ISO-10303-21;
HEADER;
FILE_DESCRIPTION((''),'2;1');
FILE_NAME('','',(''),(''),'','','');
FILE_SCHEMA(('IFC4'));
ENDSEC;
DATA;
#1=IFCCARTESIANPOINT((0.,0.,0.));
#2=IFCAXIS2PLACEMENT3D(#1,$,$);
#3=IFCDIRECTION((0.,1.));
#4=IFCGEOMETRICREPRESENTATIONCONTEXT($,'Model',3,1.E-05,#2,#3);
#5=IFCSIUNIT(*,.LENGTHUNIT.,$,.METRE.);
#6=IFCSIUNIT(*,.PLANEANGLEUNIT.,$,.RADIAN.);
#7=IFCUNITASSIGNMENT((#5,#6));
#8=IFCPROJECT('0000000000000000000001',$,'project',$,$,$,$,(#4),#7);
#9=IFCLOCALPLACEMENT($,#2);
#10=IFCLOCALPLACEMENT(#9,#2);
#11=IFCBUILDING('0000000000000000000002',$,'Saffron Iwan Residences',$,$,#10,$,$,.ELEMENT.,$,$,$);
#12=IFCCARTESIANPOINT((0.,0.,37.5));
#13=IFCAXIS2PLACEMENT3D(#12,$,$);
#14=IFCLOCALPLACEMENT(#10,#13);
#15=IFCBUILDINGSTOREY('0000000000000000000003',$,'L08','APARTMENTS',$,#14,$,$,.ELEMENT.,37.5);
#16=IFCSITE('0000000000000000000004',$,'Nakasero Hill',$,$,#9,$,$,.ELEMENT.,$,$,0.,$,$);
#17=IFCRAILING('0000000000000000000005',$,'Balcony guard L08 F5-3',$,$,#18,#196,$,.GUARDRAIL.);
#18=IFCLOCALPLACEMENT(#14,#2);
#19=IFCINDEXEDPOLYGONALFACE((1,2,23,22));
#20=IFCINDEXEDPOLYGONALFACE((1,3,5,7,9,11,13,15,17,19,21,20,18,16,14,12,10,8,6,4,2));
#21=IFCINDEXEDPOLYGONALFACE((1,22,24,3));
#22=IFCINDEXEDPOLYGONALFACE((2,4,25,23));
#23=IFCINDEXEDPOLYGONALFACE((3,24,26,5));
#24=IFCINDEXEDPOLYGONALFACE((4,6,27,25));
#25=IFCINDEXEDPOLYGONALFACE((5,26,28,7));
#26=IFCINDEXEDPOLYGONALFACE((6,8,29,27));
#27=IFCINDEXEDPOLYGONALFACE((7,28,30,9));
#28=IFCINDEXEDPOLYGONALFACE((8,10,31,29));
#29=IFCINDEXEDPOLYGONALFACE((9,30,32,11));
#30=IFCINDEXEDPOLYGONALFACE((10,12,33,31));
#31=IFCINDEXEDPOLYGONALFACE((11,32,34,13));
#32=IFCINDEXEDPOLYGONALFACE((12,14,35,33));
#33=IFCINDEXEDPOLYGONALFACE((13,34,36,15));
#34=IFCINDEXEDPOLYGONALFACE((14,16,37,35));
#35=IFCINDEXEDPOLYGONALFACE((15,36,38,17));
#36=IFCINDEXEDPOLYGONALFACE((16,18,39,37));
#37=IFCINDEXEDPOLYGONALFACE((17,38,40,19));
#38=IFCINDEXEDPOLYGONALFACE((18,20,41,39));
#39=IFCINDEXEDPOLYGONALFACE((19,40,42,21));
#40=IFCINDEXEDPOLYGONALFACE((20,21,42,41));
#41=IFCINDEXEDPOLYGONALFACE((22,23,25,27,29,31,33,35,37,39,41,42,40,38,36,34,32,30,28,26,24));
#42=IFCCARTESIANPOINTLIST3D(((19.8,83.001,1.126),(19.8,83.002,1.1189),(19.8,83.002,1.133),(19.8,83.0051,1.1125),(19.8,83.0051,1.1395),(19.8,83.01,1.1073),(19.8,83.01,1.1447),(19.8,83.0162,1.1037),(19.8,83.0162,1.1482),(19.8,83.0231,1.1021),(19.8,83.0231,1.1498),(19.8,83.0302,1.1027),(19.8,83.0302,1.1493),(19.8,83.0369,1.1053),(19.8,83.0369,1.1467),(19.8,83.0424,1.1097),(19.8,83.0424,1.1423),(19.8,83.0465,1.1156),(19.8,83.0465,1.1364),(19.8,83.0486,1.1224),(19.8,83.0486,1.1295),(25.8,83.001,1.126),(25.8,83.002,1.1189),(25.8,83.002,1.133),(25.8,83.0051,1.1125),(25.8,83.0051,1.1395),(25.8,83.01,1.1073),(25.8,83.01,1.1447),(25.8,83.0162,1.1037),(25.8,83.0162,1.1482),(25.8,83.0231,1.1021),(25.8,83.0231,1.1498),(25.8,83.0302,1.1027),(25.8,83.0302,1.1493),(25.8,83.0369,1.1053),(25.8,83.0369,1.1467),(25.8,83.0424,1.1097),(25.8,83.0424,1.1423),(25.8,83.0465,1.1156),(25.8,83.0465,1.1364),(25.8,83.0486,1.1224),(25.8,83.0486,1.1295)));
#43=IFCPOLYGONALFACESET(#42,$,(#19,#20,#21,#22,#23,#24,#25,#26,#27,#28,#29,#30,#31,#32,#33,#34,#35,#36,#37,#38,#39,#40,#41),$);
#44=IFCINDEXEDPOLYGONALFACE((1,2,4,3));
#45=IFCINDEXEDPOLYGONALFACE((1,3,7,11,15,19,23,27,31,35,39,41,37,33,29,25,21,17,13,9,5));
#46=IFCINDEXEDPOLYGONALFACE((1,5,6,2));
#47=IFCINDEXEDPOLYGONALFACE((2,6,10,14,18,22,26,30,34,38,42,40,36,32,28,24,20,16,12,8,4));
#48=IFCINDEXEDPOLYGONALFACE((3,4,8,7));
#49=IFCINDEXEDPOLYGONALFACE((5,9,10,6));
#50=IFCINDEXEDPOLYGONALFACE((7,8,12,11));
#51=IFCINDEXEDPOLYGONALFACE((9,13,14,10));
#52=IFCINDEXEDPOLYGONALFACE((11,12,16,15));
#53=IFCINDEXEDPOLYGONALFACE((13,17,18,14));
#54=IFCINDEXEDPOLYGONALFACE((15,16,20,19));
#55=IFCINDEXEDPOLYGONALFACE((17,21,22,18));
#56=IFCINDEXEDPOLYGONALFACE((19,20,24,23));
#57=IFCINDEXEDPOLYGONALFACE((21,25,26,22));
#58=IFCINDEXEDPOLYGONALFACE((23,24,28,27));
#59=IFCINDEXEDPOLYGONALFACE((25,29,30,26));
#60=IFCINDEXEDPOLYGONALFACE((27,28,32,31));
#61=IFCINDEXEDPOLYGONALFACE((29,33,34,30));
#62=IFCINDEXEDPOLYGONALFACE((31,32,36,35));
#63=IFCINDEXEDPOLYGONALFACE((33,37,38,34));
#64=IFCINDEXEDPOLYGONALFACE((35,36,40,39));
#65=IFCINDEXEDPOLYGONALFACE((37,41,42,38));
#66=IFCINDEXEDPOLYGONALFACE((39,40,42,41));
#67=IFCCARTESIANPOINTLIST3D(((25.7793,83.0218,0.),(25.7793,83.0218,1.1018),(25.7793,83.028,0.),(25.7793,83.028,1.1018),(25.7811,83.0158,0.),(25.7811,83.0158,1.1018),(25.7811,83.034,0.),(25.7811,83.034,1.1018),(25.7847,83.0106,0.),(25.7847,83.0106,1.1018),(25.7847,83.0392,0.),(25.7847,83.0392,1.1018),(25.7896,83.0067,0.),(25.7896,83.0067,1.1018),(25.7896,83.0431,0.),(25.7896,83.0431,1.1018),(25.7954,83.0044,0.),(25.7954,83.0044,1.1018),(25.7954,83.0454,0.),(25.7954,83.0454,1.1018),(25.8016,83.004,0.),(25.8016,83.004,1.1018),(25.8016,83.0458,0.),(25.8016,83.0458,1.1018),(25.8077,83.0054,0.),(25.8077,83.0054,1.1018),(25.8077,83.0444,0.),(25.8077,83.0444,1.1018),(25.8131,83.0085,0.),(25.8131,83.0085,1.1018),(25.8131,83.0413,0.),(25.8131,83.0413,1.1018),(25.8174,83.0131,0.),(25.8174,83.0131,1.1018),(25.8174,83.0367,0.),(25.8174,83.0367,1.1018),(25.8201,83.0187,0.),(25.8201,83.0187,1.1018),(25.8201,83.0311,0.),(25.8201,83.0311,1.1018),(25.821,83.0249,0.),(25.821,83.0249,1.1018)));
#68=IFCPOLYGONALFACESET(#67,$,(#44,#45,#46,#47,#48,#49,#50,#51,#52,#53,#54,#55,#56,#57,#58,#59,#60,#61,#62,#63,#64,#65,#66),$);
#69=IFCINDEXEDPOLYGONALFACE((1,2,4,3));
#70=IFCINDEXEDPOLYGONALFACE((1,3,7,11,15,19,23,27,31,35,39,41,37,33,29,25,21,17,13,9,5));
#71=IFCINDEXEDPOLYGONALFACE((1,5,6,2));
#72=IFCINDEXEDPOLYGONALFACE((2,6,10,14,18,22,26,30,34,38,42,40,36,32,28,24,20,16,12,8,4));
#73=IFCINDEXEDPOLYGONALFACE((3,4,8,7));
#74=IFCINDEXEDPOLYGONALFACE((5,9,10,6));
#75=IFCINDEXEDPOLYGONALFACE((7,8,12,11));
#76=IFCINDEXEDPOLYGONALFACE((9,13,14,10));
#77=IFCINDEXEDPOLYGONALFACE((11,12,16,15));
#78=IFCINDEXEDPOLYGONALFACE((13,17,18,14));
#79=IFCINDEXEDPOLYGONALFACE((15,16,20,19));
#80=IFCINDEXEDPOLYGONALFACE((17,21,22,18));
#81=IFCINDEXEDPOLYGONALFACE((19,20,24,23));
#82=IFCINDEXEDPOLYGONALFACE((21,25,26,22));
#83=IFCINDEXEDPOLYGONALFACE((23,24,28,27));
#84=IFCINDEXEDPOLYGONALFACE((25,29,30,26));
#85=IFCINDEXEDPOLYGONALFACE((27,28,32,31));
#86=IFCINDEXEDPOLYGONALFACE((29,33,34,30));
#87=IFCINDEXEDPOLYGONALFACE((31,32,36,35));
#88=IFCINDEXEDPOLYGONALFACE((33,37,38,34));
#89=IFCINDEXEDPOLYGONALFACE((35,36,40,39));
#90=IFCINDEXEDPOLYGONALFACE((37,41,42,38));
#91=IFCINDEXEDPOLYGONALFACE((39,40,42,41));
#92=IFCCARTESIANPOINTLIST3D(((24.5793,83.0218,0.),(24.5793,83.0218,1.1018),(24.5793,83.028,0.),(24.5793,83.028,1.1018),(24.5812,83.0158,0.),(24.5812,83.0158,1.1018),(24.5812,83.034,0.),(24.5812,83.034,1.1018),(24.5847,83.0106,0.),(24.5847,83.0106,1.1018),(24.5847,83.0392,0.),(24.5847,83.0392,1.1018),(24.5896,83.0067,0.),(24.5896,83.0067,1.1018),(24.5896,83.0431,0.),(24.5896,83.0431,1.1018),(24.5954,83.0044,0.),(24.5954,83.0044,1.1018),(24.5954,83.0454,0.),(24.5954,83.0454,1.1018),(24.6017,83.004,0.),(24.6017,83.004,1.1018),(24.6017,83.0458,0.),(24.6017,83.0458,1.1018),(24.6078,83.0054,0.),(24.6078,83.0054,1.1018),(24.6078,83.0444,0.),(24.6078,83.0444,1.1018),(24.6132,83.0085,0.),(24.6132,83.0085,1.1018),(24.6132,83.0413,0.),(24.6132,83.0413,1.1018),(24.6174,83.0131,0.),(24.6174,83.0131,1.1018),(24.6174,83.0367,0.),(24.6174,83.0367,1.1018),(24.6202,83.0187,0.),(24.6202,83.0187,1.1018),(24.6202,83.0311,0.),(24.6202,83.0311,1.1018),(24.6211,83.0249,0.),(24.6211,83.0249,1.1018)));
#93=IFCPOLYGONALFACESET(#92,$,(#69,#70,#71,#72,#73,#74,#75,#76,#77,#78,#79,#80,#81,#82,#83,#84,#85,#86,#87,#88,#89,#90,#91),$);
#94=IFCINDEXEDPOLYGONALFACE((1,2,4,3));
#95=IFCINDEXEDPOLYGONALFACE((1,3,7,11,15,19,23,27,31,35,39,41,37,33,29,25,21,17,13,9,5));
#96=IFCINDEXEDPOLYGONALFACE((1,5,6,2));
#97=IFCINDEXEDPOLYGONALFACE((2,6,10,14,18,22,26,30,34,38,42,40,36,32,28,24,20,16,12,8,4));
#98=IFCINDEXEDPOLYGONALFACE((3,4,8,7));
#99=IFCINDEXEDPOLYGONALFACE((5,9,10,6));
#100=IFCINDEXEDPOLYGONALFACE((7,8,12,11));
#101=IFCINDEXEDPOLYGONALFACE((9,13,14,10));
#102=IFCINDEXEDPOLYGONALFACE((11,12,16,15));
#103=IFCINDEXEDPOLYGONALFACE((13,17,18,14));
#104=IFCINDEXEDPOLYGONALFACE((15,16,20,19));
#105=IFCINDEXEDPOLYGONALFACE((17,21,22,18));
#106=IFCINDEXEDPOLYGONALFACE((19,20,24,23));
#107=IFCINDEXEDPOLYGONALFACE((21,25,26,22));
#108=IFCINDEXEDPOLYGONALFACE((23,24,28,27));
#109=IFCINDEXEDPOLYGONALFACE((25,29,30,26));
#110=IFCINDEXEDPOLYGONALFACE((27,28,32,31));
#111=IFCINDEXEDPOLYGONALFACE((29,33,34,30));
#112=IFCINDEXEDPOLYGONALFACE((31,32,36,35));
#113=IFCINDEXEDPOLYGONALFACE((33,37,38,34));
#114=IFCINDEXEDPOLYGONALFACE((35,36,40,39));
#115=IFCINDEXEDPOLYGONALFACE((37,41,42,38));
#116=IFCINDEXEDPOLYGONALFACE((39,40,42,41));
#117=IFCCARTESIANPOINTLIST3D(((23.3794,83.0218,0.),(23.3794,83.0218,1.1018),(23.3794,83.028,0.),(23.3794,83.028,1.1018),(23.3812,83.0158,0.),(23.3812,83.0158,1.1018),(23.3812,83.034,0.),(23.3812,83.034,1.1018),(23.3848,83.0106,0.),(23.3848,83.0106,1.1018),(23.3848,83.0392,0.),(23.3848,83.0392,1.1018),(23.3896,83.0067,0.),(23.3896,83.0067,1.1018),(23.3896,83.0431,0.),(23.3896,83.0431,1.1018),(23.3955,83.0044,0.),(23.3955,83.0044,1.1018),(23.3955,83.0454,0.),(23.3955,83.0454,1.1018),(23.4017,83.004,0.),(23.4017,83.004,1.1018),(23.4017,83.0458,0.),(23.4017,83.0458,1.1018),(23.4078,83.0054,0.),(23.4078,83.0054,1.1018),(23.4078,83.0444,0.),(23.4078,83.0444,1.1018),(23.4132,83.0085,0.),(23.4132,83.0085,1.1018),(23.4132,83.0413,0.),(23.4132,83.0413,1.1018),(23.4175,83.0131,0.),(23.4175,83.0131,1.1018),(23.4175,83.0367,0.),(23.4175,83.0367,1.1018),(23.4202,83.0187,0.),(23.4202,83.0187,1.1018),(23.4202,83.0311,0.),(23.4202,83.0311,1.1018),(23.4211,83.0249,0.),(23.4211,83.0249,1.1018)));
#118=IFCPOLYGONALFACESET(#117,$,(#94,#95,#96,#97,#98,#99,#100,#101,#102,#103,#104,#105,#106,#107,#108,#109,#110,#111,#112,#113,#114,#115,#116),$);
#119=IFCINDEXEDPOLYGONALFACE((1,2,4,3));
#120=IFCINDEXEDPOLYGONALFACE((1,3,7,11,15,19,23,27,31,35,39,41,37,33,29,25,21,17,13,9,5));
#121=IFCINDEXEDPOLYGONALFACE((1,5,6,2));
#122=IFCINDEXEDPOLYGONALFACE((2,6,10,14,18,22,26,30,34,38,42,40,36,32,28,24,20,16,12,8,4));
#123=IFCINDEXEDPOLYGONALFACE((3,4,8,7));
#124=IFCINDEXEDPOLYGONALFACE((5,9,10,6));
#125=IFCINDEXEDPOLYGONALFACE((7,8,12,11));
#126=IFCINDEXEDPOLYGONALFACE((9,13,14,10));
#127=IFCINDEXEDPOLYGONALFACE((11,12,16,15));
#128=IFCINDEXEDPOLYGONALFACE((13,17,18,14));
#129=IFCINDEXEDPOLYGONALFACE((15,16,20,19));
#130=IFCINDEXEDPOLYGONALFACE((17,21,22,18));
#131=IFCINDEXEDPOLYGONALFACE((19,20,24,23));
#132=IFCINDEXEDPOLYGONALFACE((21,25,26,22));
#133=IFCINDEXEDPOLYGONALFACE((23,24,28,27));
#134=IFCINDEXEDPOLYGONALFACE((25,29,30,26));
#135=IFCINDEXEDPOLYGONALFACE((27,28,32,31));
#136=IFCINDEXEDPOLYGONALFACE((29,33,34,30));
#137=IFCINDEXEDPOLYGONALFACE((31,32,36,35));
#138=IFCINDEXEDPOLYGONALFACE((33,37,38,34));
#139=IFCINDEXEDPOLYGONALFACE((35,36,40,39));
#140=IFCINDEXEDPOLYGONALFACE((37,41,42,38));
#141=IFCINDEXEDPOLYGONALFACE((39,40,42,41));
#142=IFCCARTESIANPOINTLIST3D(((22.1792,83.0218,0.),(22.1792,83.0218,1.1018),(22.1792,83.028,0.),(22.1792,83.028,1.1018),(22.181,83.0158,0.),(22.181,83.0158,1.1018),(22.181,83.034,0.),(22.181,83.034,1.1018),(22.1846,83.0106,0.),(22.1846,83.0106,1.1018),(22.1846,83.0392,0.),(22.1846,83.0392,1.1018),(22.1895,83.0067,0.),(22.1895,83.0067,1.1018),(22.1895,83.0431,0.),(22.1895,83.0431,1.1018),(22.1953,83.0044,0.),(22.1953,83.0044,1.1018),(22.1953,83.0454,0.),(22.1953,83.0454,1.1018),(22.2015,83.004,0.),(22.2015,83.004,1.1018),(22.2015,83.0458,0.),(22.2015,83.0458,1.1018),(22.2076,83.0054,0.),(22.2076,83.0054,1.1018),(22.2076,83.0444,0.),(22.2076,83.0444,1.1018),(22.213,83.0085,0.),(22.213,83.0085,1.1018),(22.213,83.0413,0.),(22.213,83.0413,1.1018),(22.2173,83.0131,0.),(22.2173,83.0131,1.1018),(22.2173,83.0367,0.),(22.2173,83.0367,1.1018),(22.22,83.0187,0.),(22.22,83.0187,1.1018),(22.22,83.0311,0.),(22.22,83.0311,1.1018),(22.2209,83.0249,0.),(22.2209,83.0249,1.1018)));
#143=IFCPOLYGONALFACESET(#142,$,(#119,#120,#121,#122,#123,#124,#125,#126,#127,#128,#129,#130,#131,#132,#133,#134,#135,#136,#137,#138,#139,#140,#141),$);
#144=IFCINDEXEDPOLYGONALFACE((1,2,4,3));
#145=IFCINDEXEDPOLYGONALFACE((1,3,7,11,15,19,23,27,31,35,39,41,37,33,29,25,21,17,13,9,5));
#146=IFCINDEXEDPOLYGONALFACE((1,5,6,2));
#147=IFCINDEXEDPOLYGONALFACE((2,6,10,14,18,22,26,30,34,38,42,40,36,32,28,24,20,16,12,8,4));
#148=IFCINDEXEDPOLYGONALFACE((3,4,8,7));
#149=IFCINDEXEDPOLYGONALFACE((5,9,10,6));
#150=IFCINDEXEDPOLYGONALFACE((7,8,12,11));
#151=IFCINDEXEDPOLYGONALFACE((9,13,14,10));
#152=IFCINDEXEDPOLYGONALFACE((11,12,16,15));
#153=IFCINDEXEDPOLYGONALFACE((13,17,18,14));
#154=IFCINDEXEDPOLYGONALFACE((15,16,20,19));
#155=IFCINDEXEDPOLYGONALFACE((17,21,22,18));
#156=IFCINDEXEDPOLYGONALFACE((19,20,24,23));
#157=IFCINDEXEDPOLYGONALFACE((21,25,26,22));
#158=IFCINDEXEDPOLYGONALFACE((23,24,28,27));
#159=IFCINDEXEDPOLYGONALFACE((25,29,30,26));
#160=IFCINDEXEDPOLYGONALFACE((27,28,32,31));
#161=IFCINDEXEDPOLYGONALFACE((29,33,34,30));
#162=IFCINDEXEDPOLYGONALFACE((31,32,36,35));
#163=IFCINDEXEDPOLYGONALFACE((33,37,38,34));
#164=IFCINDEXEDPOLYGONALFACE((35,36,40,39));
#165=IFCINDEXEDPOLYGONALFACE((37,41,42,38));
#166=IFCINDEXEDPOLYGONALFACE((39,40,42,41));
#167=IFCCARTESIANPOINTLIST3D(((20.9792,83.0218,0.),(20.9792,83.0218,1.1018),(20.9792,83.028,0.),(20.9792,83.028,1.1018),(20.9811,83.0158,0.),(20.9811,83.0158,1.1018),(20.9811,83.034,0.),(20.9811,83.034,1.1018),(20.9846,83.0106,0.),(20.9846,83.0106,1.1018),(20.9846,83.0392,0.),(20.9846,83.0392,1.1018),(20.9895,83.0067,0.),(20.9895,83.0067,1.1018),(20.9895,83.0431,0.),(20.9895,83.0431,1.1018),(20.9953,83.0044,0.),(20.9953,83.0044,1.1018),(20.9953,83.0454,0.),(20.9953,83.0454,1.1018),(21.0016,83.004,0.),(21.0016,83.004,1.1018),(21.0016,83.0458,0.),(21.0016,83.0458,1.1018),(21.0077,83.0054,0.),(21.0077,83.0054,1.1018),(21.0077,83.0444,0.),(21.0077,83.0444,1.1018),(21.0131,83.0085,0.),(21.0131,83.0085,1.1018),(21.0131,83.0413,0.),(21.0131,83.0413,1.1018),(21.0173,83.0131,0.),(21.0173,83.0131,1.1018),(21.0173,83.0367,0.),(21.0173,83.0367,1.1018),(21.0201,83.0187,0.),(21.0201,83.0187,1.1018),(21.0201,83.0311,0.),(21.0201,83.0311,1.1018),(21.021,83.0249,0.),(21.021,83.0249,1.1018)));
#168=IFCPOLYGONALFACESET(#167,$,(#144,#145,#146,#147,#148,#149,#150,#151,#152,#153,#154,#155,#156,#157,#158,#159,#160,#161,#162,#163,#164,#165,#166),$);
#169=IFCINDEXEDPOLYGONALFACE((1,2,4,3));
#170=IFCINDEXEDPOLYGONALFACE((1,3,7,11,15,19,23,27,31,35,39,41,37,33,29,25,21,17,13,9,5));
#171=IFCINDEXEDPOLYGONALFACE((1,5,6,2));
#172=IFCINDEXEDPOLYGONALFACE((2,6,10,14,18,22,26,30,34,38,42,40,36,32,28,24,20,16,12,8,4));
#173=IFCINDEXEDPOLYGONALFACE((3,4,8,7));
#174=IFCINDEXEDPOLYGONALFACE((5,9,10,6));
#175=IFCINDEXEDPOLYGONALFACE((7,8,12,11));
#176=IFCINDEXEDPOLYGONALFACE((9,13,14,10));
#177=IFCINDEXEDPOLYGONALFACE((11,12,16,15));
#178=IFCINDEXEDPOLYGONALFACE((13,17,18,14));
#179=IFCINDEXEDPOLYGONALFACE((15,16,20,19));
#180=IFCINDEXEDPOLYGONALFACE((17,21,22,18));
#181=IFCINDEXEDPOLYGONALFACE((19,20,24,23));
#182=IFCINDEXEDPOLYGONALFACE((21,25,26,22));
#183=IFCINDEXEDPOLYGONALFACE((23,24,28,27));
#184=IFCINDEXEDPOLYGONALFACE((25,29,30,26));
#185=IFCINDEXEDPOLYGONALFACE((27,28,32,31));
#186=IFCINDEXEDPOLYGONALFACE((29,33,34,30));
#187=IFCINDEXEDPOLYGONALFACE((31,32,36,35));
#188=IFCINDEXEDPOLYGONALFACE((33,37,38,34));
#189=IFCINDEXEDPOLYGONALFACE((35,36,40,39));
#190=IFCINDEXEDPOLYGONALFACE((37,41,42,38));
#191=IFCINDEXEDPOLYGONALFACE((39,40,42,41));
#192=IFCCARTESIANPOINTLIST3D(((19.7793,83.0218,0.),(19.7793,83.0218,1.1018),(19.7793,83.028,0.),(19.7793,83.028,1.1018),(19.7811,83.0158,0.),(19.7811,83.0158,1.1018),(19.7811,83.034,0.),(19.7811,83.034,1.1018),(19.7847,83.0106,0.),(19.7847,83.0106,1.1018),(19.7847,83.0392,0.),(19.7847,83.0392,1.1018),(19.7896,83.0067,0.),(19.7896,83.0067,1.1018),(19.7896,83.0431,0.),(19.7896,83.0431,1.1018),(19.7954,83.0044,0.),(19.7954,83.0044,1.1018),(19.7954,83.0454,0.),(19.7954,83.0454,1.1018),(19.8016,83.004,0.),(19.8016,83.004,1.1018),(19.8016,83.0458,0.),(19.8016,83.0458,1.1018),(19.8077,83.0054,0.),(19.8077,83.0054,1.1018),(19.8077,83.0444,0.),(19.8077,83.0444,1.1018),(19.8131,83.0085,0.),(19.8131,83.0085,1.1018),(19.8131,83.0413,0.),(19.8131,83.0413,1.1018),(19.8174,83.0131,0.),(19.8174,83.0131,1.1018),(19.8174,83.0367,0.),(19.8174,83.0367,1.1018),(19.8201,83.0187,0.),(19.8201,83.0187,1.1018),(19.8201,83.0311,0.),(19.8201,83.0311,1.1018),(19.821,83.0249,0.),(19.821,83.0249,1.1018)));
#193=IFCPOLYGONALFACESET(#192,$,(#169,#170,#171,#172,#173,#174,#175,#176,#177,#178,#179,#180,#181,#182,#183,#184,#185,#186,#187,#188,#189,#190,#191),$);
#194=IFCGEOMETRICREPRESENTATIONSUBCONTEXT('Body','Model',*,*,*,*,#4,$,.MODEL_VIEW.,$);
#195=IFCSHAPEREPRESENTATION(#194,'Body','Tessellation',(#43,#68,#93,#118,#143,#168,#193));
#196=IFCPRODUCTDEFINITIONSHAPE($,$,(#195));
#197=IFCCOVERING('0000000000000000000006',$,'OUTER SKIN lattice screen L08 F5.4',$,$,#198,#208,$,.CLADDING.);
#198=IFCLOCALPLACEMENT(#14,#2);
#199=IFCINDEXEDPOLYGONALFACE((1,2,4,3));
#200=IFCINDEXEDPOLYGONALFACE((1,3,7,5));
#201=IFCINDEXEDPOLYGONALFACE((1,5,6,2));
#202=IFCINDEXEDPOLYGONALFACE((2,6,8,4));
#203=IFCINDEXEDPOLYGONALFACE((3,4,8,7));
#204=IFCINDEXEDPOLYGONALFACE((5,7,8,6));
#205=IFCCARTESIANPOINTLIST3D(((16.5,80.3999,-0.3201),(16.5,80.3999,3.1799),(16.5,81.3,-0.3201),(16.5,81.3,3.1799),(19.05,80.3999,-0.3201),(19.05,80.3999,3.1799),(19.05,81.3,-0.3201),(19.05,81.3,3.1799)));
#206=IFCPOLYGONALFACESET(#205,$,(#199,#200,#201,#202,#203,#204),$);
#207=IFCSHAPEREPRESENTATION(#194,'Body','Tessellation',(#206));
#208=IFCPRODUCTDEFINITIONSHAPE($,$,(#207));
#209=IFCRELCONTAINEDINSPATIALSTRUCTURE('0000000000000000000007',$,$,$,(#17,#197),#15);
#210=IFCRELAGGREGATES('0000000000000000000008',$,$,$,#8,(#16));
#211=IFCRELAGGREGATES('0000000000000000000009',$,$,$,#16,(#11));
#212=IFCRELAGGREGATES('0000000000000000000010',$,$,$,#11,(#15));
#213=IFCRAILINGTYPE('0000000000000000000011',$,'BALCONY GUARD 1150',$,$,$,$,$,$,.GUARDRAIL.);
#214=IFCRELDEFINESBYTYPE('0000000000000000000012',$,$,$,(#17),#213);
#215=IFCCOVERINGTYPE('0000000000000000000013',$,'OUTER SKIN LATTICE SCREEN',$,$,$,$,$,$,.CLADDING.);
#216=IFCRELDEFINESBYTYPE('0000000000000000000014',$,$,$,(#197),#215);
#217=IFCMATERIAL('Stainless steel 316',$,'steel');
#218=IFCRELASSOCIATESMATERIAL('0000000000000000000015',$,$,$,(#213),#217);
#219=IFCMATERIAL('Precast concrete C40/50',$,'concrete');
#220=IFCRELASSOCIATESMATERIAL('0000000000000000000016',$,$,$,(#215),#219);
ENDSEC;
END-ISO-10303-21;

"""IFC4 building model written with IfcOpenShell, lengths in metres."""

from ifc_helpers import new_model, si_unit, direction, frame, origin, origin_2d, place, context, subcontext, project, spatial, polyline, circle, outline, extrude, material, type_object, element, save


model = new_model("IFC4")

# Units and contexts
model_context = context("Model", 3, precision=1e-05, world=origin(), true_north=direction((0.0, 1.0)))
body_context = subcontext(model_context, "Body", "Model", "MODEL_VIEW")
ifc_project = project(units=[si_unit("LENGTHUNIT", "METRE"), si_unit("PLANEANGLEUNIT", "RADIAN")], contexts=[model_context])

# Site, building, storey
site_placement = place(None, origin())
site = spatial("IfcSite", under=ifc_project, at=site_placement, Name="Nakasero Hill", CompositionType="ELEMENT", RefElevation=0.0)
building_placement = place(site_placement, origin())
building = spatial("IfcBuilding", under=site, at=building_placement, Name="Saffron Iwan Residences", CompositionType="ELEMENT")
storey_placement = place(building_placement, frame((0.0, 0.0, 37.5)))
storey = spatial("IfcBuildingStorey", under=building, at=storey_placement, Name="L08", Description="APARTMENTS", CompositionType="ELEMENT", Elevation=37.5)

# Railing
ifc_material_1 = material(Name="Stainless steel 316", Category="steel")
railing_type = type_object("IfcRailingType", Name="BALCONY GUARD 1150", PredefinedType="GUARDRAIL", material=ifc_material_1)
railing_placement = place(storey_placement, frame((25.8, 83.0249, 0.0)))
element("IfcRailing", 1, at=railing_placement, inside=storey, type_object=railing_type, Name="Balcony guard L08 F5-3", PredefinedType="GUARDRAIL", context=body_context, shape_type="SweptSolid", body=[
    extrude(circle(Radius=0.0239, at=origin_2d()), frame((0.0, 0.0, 1.126), z_axis=(-1.0, 0.0, 0.0), x_axis=(0.0, -1.0, 0.0)), (0.0, 0.0, 1.0), 6.0),
    extrude(circle(Radius=0.021, at=origin_2d()), origin(), (0.0, 0.0, 1.0), 1.1018),
    extrude(circle(Radius=0.021, at=origin_2d()), frame((-1.2, 0.0, 0.0)), (0.0, 0.0, 1.0), 1.1018),
    extrude(circle(Radius=0.021, at=origin_2d()), frame((-2.3999, 0.0, 0.0)), (0.0, 0.0, 1.0), 1.1018),
    extrude(circle(Radius=0.021, at=origin_2d()), frame((-3.6001, 0.0, 0.0)), (0.0, 0.0, 1.0), 1.1018),
    extrude(circle(Radius=0.021, at=origin_2d()), frame((-4.8, 0.0, 0.0)), (0.0, 0.0, 1.0), 1.1018),
    extrude(circle(Radius=0.021, at=origin_2d()), frame((-6.0, 0.0, 0.0)), (0.0, 0.0, 1.0), 1.1018),
])

# Covering
ifc_material_2 = material(Name="Precast concrete C40/50", Category="concrete")
covering_type_1 = type_object("IfcCoveringType", Name="OUTER SKIN LATTICE SCREEN", PredefinedType="CLADDING", material=ifc_material_2)
covering_1_placement = place(storey_placement, frame((19.05, 80.3999, -0.3201), z_axis=(0.0, 1.0, 0.0), x_axis=(-1.0, 0.0, 0.0)))
element("IfcCovering", 2, at=covering_1_placement, inside=storey, type_object=covering_type_1, Name="OUTER SKIN lattice screen L08 F5.4", PredefinedType="CLADDING", context=body_context, shape_type="SweptSolid", body=[
    extrude(outline(polyline([(0.0, 0.0), (2.55, 0.0), (2.55, 3.5), (0.0, 3.5), (0.0, 0.0)])), origin(), (0.0, 0.0, 1.0), 0.9001),
])

save(model, "model.ifc")
